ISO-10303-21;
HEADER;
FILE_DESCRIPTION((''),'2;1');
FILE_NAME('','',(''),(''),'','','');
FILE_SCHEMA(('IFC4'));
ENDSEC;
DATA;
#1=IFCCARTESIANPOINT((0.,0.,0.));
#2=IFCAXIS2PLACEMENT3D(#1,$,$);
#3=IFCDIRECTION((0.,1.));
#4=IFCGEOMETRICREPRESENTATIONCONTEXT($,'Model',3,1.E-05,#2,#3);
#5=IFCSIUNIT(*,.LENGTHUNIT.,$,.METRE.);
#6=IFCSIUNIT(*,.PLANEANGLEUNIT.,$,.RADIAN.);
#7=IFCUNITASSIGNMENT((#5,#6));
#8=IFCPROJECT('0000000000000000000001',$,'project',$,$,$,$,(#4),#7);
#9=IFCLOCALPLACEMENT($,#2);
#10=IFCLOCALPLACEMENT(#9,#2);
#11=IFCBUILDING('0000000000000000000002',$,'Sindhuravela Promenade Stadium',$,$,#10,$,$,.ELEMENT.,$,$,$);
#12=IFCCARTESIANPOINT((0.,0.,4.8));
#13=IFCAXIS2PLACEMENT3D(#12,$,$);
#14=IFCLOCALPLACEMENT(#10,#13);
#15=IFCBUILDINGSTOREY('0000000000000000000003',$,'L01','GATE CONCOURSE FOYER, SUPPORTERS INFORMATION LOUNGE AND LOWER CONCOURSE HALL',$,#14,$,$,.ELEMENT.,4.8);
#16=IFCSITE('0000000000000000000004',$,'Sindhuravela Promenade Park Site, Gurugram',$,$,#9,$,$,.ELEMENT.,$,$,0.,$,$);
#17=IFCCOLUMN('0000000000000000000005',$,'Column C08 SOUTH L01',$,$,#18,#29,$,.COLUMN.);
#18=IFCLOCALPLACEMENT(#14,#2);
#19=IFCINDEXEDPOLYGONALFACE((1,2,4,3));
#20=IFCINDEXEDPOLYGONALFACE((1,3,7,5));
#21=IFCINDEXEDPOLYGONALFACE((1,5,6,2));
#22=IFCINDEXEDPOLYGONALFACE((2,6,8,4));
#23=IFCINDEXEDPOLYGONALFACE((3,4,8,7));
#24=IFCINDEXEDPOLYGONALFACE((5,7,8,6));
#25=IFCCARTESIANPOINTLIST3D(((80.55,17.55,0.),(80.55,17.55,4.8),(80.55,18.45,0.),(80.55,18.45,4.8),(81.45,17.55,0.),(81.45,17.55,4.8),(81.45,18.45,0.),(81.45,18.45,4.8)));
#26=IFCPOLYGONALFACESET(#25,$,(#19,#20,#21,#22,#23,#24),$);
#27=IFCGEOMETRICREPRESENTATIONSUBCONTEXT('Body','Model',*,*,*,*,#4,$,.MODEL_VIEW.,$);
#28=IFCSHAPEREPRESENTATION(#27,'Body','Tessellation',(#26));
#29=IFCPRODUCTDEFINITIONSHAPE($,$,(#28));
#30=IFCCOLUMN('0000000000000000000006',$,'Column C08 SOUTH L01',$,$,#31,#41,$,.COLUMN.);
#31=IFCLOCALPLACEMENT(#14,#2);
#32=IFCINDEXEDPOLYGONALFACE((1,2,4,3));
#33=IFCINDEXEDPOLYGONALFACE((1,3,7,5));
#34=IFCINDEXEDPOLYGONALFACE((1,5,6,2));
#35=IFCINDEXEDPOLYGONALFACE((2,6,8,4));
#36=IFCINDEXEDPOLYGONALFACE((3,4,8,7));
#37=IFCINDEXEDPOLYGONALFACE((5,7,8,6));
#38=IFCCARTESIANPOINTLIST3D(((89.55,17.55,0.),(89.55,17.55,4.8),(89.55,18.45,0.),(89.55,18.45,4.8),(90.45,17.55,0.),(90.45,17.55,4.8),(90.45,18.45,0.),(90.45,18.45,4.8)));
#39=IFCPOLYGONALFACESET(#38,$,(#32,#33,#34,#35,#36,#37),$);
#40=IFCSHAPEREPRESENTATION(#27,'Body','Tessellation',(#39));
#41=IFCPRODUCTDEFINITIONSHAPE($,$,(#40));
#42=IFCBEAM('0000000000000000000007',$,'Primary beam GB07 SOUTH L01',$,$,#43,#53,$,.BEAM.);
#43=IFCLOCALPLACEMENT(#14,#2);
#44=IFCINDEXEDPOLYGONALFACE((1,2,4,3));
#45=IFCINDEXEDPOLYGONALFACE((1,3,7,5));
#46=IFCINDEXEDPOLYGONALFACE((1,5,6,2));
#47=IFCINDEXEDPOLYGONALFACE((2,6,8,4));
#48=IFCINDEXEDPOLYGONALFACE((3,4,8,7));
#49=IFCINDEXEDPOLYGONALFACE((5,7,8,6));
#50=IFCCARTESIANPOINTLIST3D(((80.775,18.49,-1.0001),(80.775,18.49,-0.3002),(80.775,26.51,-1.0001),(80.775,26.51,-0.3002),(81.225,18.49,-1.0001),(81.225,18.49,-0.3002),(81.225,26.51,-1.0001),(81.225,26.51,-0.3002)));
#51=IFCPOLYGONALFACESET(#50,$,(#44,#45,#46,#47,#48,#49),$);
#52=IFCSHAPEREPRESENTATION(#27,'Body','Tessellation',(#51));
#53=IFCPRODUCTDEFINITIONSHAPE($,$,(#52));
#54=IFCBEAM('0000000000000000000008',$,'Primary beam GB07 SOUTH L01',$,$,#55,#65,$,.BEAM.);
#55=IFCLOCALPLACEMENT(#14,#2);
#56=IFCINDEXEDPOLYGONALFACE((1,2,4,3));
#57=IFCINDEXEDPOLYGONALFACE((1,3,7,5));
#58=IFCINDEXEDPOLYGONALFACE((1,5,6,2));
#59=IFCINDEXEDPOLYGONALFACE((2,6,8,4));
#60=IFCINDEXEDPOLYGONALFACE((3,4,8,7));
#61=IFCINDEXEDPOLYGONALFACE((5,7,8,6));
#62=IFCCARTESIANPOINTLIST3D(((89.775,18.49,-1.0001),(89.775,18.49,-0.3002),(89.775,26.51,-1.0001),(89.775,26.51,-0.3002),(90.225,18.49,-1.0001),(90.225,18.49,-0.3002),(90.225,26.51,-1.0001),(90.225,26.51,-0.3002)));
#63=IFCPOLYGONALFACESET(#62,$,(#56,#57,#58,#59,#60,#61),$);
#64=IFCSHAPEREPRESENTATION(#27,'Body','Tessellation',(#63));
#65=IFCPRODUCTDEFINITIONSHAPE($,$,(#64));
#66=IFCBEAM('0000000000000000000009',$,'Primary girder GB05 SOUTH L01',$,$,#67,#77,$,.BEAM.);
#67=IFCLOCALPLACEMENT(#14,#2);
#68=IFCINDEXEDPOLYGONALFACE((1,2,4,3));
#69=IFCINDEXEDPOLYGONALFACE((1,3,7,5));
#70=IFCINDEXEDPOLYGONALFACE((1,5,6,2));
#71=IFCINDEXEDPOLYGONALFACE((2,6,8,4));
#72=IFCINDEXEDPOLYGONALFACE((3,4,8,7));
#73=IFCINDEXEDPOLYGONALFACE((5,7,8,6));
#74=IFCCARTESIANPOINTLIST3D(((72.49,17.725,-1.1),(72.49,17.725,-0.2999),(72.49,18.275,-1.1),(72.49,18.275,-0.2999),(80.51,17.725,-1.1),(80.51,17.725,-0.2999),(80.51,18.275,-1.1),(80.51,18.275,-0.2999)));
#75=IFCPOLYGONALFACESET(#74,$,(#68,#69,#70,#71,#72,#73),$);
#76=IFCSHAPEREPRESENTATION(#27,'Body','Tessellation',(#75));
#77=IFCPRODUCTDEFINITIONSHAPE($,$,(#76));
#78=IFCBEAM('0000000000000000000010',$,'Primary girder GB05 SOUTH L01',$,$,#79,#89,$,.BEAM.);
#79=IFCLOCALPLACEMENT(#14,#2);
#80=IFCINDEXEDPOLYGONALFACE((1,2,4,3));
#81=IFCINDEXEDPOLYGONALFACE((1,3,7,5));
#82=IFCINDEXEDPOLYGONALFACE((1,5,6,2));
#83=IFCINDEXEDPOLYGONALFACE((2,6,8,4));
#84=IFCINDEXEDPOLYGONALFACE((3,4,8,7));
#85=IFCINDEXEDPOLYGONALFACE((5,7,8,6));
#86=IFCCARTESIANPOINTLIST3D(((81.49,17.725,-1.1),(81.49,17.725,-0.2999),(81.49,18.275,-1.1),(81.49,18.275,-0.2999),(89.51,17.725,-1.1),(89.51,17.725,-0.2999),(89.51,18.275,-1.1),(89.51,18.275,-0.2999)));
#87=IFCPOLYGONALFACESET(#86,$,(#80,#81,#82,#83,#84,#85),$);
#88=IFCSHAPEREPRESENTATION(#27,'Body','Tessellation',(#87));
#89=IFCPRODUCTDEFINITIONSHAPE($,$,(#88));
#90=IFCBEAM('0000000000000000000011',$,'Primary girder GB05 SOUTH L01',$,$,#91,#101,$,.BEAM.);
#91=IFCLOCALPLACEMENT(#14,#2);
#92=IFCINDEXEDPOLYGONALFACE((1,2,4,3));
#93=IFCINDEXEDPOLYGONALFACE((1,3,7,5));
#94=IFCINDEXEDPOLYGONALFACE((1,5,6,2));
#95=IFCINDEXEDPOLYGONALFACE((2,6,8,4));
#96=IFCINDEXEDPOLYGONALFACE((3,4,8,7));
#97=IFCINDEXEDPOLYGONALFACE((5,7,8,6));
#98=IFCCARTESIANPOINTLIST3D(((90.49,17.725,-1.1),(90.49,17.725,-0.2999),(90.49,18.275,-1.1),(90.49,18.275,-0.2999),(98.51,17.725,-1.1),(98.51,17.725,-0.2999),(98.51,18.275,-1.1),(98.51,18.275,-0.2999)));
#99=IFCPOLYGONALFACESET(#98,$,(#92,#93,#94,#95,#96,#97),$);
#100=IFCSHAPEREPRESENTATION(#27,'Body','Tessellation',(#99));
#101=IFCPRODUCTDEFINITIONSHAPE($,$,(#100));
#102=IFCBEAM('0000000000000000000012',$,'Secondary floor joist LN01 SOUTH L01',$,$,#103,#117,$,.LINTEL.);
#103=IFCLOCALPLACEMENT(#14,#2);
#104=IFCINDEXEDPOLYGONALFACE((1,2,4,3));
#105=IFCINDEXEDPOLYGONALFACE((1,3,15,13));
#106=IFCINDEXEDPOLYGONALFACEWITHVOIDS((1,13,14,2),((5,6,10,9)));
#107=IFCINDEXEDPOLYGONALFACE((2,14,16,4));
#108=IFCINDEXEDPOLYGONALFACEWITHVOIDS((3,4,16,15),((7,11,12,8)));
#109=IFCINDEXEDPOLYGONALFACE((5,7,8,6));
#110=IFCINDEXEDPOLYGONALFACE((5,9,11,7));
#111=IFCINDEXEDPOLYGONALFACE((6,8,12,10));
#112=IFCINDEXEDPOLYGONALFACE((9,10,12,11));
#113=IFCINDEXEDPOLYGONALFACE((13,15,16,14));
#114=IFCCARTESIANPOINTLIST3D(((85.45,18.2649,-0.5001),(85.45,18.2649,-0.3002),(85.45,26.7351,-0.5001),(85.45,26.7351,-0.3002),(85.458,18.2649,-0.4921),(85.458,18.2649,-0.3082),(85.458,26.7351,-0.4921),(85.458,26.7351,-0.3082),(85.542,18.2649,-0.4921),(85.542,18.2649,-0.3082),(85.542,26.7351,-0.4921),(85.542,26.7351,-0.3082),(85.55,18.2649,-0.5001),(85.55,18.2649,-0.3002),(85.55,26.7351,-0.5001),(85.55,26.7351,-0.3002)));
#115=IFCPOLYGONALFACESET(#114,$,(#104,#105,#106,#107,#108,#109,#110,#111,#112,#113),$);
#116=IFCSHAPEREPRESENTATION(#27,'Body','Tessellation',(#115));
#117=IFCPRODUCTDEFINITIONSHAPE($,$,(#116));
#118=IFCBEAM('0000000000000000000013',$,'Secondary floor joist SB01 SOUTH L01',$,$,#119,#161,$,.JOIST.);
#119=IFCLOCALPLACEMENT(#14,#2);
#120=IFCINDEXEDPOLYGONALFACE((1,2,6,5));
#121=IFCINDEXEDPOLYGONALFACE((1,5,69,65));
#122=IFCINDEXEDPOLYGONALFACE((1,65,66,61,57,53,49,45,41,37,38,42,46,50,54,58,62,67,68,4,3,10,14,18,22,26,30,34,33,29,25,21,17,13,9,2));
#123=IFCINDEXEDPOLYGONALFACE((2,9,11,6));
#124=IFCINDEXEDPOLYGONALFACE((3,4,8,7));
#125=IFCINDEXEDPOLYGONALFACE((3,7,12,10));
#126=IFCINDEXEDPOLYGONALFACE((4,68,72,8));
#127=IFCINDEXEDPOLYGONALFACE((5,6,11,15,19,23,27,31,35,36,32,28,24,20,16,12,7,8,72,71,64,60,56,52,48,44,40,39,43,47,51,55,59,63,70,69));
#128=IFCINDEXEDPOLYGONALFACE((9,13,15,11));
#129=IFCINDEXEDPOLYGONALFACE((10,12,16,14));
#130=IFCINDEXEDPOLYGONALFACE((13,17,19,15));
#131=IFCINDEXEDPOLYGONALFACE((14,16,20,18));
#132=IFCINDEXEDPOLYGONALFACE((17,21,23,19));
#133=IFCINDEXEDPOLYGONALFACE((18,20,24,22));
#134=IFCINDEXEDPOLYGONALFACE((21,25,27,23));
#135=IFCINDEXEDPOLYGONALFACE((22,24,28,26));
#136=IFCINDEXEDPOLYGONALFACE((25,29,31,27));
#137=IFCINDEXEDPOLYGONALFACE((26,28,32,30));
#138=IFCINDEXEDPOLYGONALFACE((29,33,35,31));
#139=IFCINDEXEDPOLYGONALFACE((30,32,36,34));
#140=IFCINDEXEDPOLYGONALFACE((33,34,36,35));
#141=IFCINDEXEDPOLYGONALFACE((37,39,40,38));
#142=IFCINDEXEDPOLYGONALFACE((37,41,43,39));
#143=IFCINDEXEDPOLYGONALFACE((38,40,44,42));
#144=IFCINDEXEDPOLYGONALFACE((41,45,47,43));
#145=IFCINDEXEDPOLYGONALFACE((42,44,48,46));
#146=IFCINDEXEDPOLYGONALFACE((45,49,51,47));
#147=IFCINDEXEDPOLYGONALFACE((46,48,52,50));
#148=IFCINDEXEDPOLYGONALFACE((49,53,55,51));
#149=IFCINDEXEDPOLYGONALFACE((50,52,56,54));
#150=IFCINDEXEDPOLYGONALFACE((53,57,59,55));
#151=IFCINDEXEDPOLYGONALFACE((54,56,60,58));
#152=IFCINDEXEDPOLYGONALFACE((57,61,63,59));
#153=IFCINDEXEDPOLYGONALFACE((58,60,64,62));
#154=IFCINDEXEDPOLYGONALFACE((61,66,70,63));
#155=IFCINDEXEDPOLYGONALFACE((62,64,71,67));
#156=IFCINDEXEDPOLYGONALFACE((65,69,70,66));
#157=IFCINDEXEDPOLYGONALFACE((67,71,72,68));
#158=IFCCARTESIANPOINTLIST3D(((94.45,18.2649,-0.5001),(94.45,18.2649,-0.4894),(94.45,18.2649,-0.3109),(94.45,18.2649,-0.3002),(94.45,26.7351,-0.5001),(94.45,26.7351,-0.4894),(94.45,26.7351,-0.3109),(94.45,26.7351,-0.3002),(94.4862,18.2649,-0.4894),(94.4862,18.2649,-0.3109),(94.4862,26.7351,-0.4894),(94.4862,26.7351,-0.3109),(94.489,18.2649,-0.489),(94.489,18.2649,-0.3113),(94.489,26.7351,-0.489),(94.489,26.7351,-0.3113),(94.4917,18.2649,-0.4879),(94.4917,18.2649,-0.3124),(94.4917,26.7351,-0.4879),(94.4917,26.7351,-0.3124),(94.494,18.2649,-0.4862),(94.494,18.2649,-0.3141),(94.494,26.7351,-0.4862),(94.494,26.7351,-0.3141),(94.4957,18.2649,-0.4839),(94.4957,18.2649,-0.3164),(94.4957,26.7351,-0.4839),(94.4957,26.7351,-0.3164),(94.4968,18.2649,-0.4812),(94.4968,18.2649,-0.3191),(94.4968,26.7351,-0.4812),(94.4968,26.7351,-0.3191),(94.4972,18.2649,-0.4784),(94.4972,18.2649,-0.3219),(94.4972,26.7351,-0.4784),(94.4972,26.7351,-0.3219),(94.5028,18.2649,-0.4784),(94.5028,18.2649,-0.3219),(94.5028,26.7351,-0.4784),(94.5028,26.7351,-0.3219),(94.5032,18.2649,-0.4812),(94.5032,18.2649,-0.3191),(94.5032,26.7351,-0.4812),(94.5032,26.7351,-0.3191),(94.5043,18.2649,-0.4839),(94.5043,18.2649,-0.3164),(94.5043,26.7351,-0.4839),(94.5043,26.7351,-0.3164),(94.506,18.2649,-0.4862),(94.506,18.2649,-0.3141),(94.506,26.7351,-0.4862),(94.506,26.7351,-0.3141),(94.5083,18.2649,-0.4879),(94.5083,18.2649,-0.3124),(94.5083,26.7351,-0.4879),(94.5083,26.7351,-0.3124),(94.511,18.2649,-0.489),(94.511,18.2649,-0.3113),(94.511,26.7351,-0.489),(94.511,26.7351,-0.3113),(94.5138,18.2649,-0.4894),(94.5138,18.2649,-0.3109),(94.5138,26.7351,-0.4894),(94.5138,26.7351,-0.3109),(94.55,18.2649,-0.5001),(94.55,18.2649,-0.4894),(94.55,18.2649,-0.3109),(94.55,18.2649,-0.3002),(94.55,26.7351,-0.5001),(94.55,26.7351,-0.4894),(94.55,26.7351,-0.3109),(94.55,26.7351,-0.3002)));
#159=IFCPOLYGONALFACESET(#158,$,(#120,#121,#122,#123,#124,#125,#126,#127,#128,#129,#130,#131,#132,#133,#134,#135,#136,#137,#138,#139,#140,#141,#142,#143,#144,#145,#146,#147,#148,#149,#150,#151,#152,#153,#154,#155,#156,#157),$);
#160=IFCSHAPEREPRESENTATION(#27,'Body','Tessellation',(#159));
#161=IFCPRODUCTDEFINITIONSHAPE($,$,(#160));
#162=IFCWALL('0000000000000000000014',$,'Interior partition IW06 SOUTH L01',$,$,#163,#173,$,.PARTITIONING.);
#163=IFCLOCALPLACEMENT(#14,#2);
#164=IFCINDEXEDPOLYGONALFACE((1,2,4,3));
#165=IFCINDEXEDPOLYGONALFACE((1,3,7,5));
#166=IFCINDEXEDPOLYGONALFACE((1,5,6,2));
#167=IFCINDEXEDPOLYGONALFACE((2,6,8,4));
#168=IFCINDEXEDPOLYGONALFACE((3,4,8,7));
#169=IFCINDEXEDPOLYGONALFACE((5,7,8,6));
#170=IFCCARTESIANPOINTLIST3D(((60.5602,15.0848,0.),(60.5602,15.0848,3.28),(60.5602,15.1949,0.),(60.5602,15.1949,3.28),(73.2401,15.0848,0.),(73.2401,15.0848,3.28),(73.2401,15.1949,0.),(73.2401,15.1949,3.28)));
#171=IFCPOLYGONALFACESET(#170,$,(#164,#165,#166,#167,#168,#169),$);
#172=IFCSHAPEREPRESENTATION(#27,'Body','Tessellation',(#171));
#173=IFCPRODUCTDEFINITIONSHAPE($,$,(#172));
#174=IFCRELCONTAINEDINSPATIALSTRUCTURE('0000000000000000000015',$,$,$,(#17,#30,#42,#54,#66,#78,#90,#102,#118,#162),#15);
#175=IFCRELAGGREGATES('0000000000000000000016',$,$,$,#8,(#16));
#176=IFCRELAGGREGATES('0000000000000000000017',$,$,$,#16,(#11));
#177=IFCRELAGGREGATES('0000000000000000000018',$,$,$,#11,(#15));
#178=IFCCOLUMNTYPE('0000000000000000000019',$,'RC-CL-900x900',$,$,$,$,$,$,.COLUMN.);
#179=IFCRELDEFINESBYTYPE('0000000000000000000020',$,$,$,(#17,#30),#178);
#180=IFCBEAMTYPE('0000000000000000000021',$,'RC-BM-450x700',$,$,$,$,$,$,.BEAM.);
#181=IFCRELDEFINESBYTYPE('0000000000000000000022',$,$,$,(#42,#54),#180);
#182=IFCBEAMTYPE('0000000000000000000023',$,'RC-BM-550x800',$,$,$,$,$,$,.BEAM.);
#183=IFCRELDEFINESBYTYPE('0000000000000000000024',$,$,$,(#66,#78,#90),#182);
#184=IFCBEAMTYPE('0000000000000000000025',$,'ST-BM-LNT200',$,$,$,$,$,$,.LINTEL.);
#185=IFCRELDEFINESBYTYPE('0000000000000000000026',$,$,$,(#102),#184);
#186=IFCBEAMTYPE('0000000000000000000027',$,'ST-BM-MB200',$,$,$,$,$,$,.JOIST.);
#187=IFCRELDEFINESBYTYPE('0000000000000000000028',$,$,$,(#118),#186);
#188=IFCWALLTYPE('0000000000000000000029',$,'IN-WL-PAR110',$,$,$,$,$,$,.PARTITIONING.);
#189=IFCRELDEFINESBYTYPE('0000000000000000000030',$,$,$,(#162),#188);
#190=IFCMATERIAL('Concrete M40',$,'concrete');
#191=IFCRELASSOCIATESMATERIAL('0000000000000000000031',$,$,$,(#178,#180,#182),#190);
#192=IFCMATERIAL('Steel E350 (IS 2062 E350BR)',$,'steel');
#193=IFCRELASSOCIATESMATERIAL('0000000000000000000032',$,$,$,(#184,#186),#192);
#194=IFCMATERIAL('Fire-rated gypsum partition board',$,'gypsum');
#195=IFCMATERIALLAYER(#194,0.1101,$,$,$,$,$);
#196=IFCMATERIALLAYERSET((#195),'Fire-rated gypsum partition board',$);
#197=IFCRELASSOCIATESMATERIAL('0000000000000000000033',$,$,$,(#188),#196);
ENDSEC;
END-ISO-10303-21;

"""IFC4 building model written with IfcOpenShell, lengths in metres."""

from ifc_helpers import new_model, si_unit, direction, frame, frame_2d, origin, origin_2d, place, context, subcontext, project, spatial, rectangle, hollow_rectangle, i_section, extrude, material, layer, layer_set, material_profile, profile_set, type_object, element, save


model = new_model("IFC4")

# Units and contexts
model_context = context("Model", 3, precision=1e-05, world=origin(), true_north=direction((0.0, 1.0)))
body_context = subcontext(model_context, "Body", "Model", "MODEL_VIEW")
ifc_project = project(units=[si_unit("LENGTHUNIT", "METRE"), si_unit("PLANEANGLEUNIT", "RADIAN")], contexts=[model_context])

# Site, building, storey
site_placement = place(None, origin())
site = spatial("IfcSite", under=ifc_project, at=site_placement, Name="Sindhuravela Promenade Park Site, Gurugram", CompositionType="ELEMENT", RefElevation=0.0)
building_placement = place(site_placement, origin())
building = spatial("IfcBuilding", under=site, at=building_placement, Name="Sindhuravela Promenade Stadium", CompositionType="ELEMENT")
storey_placement = place(building_placement, frame((0.0, 0.0, 4.8)))
storey = spatial("IfcBuildingStorey", under=building, at=storey_placement, Name="L01", Description="GATE CONCOURSE FOYER, SUPPORTERS INFORMATION LOUNGE AND LOWER CONCOURSE HALL", CompositionType="ELEMENT", Elevation=4.8)

# Columns
ifc_material_1 = material(Name="Concrete M40", Category="concrete")
ifc_material_profile_1 = material_profile(ifc_material_1, rectangle(XDim=0.8999, YDim=0.8999, at=origin_2d()), Name="RC 900x900")
ifc_profile_set_1 = profile_set([ifc_material_profile_1], Name="Concrete M40")
column_type = type_object("IfcColumnType", Name="RC-CL-900x900", PredefinedType="COLUMN", material=ifc_profile_set_1)
for number, where, z_axis, x_axis, name in (
    (1, (81.0, 18.0, 0.0), (0.0, 0.0, 1.0), (1.0, 0.0, 0.0), "Column C08 SOUTH L01"),
    (2, (90.0, 18.0, 0.0), (0.0, 0.0, 1.0), (1.0, 0.0, 0.0), "Column C08 SOUTH L01"),
):
    element("IfcColumn", number, at=place(storey_placement, frame(where, z_axis=z_axis, x_axis=x_axis)), inside=storey, type_object=column_type, Name=name, PredefinedType="COLUMN", context=body_context, shape_type="SweptSolid", body=[
        extrude(rectangle(XDim=0.8999, YDim=0.8999, at=origin_2d()), origin(), (0.0, 0.0, 1.0), 4.8),
    ])

# Beams
ifc_material_profile_2 = material_profile(ifc_material_1, rectangle(XDim=0.45, YDim=0.7, at=origin_2d()), Name="RC 450x700")
ifc_profile_set_2 = profile_set([ifc_material_profile_2], Name="Concrete M40")
beam_type_1 = type_object("IfcBeamType", Name="RC-BM-450x700", PredefinedType="BEAM", material=ifc_profile_set_2)
for number, where, z_axis, x_axis, name in (
    (3, (81.0, 18.49, -0.6501), (0.0, 1.0, 0.0), (-1.0, 0.0, 0.0), "Primary beam GB07 SOUTH L01"),
    (4, (90.0, 18.49, -0.6501), (0.0, 1.0, 0.0), (-1.0, 0.0, 0.0), "Primary beam GB07 SOUTH L01"),
):
    element("IfcBeam", number, at=place(storey_placement, frame(where, z_axis=z_axis, x_axis=x_axis)), inside=storey, type_object=beam_type_1, Name=name, PredefinedType="BEAM", context=body_context, shape_type="SweptSolid", body=[
        extrude(rectangle(XDim=0.45, YDim=0.7, at=origin_2d()), origin(), (0.0, 0.0, 1.0), 8.02),
    ])
ifc_material_profile_3 = material_profile(ifc_material_1, rectangle(XDim=0.55, YDim=0.8, at=origin_2d()), Name="RC 550x800")
ifc_profile_set_3 = profile_set([ifc_material_profile_3], Name="Concrete M40")
beam_type_2 = type_object("IfcBeamType", Name="RC-BM-550x800", PredefinedType="BEAM", material=ifc_profile_set_3)
for number, where, z_axis, x_axis, name in (
    (5, (72.49, 18.0, -0.7), (1.0, 0.0, 0.0), (0.0, 1.0, 0.0), "Primary girder GB05 SOUTH L01"),
    (6, (81.49, 18.0, -0.7), (1.0, 0.0, 0.0), (0.0, 1.0, 0.0), "Primary girder GB05 SOUTH L01"),
    (7, (90.49, 18.0, -0.7), (1.0, 0.0, 0.0), (0.0, 1.0, 0.0), "Primary girder GB05 SOUTH L01"),
):
    element("IfcBeam", number, at=place(storey_placement, frame(where, z_axis=z_axis, x_axis=x_axis)), inside=storey, type_object=beam_type_2, Name=name, PredefinedType="BEAM", context=body_context, shape_type="SweptSolid", body=[
        extrude(rectangle(XDim=0.55, YDim=0.8, at=origin_2d()), origin(), (0.0, 0.0, 1.0), 8.02),
    ])
ifc_material_2 = material(Name="Steel E350 (IS 2062 E350BR)", Category="steel")
ifc_material_profile_4 = material_profile(ifc_material_2, hollow_rectangle(XDim=0.1001, YDim=0.2, WallThickness=0.0081, at=origin_2d()), Name="RHS 200x100x8")
ifc_profile_set_4 = profile_set([ifc_material_profile_4], Name="Steel E350 (IS 2062 E350BR)")
beam_type_3 = type_object("IfcBeamType", Name="ST-BM-LNT200", PredefinedType="LINTEL", material=ifc_profile_set_4)
beam_1_placement = place(storey_placement, frame((85.5, 18.2649, -0.4001), z_axis=(0.0, 1.0, 0.0), x_axis=(-1.0, 0.0, 0.0)))
element("IfcBeam", 8, at=beam_1_placement, inside=storey, type_object=beam_type_3, Name="Secondary floor joist LN01 SOUTH L01", PredefinedType="LINTEL", context=body_context, shape_type="SweptSolid", body=[
    extrude(hollow_rectangle(XDim=0.1001, YDim=0.2, WallThickness=0.0081, at=origin_2d()), origin(), (0.0, 0.0, 1.0), 8.4702),
])
ifc_material_profile_5 = material_profile(ifc_material_2, i_section(OverallWidth=0.1001, OverallDepth=0.2, WebThickness=0.0056, FlangeThickness=0.0107, FilletRadius=0.011, at=origin_2d()), Name="ISMB 200")
ifc_profile_set_5 = profile_set([ifc_material_profile_5], Name="Steel E350 (IS 2062 E350BR)")
beam_type_4 = type_object("IfcBeamType", Name="ST-BM-MB200", PredefinedType="JOIST", material=ifc_profile_set_5)
beam_2_placement = place(storey_placement, frame((94.5, 18.2649, -0.4001), z_axis=(0.0, 1.0, 0.0), x_axis=(-1.0, 0.0, 0.0)))
element("IfcBeam", 9, at=beam_2_placement, inside=storey, type_object=beam_type_4, Name="Secondary floor joist SB01 SOUTH L01", PredefinedType="JOIST", context=body_context, shape_type="SweptSolid", body=[
    extrude(i_section(OverallWidth=0.1001, OverallDepth=0.2, WebThickness=0.0056, FlangeThickness=0.0107, FilletRadius=0.011, at=origin_2d()), origin(), (0.0, 0.0, 1.0), 8.4702),
])

# Wall
ifc_material_3 = material(Name="Fire-rated gypsum partition board", Category="gypsum")
ifc_layer_1 = layer(ifc_material_3, 0.1101)
ifc_layer_set_1 = layer_set([ifc_layer_1], Name="Fire-rated gypsum partition board")
wall_type_1 = type_object("IfcWallType", Name="IN-WL-PAR110", PredefinedType="PARTITIONING", material=ifc_layer_set_1)
wall_1_placement = place(storey_placement, frame((73.24, 15.1399, 0.0), z_axis=(0.0, 0.0, 1.0), x_axis=(-1.0, 0.0, 0.0)))
element("IfcWall", 10, at=wall_1_placement, inside=storey, type_object=wall_type_1, Name="Interior partition IW06 SOUTH L01", PredefinedType="PARTITIONING", context=body_context, shape_type="SweptSolid", body=[
    extrude(rectangle(XDim=12.6799, YDim=0.1101, at=frame_2d((6.3398, 0.0))), origin(), (0.0, 0.0, 1.0), 3.28),
])

save(model, "model.ifc")
